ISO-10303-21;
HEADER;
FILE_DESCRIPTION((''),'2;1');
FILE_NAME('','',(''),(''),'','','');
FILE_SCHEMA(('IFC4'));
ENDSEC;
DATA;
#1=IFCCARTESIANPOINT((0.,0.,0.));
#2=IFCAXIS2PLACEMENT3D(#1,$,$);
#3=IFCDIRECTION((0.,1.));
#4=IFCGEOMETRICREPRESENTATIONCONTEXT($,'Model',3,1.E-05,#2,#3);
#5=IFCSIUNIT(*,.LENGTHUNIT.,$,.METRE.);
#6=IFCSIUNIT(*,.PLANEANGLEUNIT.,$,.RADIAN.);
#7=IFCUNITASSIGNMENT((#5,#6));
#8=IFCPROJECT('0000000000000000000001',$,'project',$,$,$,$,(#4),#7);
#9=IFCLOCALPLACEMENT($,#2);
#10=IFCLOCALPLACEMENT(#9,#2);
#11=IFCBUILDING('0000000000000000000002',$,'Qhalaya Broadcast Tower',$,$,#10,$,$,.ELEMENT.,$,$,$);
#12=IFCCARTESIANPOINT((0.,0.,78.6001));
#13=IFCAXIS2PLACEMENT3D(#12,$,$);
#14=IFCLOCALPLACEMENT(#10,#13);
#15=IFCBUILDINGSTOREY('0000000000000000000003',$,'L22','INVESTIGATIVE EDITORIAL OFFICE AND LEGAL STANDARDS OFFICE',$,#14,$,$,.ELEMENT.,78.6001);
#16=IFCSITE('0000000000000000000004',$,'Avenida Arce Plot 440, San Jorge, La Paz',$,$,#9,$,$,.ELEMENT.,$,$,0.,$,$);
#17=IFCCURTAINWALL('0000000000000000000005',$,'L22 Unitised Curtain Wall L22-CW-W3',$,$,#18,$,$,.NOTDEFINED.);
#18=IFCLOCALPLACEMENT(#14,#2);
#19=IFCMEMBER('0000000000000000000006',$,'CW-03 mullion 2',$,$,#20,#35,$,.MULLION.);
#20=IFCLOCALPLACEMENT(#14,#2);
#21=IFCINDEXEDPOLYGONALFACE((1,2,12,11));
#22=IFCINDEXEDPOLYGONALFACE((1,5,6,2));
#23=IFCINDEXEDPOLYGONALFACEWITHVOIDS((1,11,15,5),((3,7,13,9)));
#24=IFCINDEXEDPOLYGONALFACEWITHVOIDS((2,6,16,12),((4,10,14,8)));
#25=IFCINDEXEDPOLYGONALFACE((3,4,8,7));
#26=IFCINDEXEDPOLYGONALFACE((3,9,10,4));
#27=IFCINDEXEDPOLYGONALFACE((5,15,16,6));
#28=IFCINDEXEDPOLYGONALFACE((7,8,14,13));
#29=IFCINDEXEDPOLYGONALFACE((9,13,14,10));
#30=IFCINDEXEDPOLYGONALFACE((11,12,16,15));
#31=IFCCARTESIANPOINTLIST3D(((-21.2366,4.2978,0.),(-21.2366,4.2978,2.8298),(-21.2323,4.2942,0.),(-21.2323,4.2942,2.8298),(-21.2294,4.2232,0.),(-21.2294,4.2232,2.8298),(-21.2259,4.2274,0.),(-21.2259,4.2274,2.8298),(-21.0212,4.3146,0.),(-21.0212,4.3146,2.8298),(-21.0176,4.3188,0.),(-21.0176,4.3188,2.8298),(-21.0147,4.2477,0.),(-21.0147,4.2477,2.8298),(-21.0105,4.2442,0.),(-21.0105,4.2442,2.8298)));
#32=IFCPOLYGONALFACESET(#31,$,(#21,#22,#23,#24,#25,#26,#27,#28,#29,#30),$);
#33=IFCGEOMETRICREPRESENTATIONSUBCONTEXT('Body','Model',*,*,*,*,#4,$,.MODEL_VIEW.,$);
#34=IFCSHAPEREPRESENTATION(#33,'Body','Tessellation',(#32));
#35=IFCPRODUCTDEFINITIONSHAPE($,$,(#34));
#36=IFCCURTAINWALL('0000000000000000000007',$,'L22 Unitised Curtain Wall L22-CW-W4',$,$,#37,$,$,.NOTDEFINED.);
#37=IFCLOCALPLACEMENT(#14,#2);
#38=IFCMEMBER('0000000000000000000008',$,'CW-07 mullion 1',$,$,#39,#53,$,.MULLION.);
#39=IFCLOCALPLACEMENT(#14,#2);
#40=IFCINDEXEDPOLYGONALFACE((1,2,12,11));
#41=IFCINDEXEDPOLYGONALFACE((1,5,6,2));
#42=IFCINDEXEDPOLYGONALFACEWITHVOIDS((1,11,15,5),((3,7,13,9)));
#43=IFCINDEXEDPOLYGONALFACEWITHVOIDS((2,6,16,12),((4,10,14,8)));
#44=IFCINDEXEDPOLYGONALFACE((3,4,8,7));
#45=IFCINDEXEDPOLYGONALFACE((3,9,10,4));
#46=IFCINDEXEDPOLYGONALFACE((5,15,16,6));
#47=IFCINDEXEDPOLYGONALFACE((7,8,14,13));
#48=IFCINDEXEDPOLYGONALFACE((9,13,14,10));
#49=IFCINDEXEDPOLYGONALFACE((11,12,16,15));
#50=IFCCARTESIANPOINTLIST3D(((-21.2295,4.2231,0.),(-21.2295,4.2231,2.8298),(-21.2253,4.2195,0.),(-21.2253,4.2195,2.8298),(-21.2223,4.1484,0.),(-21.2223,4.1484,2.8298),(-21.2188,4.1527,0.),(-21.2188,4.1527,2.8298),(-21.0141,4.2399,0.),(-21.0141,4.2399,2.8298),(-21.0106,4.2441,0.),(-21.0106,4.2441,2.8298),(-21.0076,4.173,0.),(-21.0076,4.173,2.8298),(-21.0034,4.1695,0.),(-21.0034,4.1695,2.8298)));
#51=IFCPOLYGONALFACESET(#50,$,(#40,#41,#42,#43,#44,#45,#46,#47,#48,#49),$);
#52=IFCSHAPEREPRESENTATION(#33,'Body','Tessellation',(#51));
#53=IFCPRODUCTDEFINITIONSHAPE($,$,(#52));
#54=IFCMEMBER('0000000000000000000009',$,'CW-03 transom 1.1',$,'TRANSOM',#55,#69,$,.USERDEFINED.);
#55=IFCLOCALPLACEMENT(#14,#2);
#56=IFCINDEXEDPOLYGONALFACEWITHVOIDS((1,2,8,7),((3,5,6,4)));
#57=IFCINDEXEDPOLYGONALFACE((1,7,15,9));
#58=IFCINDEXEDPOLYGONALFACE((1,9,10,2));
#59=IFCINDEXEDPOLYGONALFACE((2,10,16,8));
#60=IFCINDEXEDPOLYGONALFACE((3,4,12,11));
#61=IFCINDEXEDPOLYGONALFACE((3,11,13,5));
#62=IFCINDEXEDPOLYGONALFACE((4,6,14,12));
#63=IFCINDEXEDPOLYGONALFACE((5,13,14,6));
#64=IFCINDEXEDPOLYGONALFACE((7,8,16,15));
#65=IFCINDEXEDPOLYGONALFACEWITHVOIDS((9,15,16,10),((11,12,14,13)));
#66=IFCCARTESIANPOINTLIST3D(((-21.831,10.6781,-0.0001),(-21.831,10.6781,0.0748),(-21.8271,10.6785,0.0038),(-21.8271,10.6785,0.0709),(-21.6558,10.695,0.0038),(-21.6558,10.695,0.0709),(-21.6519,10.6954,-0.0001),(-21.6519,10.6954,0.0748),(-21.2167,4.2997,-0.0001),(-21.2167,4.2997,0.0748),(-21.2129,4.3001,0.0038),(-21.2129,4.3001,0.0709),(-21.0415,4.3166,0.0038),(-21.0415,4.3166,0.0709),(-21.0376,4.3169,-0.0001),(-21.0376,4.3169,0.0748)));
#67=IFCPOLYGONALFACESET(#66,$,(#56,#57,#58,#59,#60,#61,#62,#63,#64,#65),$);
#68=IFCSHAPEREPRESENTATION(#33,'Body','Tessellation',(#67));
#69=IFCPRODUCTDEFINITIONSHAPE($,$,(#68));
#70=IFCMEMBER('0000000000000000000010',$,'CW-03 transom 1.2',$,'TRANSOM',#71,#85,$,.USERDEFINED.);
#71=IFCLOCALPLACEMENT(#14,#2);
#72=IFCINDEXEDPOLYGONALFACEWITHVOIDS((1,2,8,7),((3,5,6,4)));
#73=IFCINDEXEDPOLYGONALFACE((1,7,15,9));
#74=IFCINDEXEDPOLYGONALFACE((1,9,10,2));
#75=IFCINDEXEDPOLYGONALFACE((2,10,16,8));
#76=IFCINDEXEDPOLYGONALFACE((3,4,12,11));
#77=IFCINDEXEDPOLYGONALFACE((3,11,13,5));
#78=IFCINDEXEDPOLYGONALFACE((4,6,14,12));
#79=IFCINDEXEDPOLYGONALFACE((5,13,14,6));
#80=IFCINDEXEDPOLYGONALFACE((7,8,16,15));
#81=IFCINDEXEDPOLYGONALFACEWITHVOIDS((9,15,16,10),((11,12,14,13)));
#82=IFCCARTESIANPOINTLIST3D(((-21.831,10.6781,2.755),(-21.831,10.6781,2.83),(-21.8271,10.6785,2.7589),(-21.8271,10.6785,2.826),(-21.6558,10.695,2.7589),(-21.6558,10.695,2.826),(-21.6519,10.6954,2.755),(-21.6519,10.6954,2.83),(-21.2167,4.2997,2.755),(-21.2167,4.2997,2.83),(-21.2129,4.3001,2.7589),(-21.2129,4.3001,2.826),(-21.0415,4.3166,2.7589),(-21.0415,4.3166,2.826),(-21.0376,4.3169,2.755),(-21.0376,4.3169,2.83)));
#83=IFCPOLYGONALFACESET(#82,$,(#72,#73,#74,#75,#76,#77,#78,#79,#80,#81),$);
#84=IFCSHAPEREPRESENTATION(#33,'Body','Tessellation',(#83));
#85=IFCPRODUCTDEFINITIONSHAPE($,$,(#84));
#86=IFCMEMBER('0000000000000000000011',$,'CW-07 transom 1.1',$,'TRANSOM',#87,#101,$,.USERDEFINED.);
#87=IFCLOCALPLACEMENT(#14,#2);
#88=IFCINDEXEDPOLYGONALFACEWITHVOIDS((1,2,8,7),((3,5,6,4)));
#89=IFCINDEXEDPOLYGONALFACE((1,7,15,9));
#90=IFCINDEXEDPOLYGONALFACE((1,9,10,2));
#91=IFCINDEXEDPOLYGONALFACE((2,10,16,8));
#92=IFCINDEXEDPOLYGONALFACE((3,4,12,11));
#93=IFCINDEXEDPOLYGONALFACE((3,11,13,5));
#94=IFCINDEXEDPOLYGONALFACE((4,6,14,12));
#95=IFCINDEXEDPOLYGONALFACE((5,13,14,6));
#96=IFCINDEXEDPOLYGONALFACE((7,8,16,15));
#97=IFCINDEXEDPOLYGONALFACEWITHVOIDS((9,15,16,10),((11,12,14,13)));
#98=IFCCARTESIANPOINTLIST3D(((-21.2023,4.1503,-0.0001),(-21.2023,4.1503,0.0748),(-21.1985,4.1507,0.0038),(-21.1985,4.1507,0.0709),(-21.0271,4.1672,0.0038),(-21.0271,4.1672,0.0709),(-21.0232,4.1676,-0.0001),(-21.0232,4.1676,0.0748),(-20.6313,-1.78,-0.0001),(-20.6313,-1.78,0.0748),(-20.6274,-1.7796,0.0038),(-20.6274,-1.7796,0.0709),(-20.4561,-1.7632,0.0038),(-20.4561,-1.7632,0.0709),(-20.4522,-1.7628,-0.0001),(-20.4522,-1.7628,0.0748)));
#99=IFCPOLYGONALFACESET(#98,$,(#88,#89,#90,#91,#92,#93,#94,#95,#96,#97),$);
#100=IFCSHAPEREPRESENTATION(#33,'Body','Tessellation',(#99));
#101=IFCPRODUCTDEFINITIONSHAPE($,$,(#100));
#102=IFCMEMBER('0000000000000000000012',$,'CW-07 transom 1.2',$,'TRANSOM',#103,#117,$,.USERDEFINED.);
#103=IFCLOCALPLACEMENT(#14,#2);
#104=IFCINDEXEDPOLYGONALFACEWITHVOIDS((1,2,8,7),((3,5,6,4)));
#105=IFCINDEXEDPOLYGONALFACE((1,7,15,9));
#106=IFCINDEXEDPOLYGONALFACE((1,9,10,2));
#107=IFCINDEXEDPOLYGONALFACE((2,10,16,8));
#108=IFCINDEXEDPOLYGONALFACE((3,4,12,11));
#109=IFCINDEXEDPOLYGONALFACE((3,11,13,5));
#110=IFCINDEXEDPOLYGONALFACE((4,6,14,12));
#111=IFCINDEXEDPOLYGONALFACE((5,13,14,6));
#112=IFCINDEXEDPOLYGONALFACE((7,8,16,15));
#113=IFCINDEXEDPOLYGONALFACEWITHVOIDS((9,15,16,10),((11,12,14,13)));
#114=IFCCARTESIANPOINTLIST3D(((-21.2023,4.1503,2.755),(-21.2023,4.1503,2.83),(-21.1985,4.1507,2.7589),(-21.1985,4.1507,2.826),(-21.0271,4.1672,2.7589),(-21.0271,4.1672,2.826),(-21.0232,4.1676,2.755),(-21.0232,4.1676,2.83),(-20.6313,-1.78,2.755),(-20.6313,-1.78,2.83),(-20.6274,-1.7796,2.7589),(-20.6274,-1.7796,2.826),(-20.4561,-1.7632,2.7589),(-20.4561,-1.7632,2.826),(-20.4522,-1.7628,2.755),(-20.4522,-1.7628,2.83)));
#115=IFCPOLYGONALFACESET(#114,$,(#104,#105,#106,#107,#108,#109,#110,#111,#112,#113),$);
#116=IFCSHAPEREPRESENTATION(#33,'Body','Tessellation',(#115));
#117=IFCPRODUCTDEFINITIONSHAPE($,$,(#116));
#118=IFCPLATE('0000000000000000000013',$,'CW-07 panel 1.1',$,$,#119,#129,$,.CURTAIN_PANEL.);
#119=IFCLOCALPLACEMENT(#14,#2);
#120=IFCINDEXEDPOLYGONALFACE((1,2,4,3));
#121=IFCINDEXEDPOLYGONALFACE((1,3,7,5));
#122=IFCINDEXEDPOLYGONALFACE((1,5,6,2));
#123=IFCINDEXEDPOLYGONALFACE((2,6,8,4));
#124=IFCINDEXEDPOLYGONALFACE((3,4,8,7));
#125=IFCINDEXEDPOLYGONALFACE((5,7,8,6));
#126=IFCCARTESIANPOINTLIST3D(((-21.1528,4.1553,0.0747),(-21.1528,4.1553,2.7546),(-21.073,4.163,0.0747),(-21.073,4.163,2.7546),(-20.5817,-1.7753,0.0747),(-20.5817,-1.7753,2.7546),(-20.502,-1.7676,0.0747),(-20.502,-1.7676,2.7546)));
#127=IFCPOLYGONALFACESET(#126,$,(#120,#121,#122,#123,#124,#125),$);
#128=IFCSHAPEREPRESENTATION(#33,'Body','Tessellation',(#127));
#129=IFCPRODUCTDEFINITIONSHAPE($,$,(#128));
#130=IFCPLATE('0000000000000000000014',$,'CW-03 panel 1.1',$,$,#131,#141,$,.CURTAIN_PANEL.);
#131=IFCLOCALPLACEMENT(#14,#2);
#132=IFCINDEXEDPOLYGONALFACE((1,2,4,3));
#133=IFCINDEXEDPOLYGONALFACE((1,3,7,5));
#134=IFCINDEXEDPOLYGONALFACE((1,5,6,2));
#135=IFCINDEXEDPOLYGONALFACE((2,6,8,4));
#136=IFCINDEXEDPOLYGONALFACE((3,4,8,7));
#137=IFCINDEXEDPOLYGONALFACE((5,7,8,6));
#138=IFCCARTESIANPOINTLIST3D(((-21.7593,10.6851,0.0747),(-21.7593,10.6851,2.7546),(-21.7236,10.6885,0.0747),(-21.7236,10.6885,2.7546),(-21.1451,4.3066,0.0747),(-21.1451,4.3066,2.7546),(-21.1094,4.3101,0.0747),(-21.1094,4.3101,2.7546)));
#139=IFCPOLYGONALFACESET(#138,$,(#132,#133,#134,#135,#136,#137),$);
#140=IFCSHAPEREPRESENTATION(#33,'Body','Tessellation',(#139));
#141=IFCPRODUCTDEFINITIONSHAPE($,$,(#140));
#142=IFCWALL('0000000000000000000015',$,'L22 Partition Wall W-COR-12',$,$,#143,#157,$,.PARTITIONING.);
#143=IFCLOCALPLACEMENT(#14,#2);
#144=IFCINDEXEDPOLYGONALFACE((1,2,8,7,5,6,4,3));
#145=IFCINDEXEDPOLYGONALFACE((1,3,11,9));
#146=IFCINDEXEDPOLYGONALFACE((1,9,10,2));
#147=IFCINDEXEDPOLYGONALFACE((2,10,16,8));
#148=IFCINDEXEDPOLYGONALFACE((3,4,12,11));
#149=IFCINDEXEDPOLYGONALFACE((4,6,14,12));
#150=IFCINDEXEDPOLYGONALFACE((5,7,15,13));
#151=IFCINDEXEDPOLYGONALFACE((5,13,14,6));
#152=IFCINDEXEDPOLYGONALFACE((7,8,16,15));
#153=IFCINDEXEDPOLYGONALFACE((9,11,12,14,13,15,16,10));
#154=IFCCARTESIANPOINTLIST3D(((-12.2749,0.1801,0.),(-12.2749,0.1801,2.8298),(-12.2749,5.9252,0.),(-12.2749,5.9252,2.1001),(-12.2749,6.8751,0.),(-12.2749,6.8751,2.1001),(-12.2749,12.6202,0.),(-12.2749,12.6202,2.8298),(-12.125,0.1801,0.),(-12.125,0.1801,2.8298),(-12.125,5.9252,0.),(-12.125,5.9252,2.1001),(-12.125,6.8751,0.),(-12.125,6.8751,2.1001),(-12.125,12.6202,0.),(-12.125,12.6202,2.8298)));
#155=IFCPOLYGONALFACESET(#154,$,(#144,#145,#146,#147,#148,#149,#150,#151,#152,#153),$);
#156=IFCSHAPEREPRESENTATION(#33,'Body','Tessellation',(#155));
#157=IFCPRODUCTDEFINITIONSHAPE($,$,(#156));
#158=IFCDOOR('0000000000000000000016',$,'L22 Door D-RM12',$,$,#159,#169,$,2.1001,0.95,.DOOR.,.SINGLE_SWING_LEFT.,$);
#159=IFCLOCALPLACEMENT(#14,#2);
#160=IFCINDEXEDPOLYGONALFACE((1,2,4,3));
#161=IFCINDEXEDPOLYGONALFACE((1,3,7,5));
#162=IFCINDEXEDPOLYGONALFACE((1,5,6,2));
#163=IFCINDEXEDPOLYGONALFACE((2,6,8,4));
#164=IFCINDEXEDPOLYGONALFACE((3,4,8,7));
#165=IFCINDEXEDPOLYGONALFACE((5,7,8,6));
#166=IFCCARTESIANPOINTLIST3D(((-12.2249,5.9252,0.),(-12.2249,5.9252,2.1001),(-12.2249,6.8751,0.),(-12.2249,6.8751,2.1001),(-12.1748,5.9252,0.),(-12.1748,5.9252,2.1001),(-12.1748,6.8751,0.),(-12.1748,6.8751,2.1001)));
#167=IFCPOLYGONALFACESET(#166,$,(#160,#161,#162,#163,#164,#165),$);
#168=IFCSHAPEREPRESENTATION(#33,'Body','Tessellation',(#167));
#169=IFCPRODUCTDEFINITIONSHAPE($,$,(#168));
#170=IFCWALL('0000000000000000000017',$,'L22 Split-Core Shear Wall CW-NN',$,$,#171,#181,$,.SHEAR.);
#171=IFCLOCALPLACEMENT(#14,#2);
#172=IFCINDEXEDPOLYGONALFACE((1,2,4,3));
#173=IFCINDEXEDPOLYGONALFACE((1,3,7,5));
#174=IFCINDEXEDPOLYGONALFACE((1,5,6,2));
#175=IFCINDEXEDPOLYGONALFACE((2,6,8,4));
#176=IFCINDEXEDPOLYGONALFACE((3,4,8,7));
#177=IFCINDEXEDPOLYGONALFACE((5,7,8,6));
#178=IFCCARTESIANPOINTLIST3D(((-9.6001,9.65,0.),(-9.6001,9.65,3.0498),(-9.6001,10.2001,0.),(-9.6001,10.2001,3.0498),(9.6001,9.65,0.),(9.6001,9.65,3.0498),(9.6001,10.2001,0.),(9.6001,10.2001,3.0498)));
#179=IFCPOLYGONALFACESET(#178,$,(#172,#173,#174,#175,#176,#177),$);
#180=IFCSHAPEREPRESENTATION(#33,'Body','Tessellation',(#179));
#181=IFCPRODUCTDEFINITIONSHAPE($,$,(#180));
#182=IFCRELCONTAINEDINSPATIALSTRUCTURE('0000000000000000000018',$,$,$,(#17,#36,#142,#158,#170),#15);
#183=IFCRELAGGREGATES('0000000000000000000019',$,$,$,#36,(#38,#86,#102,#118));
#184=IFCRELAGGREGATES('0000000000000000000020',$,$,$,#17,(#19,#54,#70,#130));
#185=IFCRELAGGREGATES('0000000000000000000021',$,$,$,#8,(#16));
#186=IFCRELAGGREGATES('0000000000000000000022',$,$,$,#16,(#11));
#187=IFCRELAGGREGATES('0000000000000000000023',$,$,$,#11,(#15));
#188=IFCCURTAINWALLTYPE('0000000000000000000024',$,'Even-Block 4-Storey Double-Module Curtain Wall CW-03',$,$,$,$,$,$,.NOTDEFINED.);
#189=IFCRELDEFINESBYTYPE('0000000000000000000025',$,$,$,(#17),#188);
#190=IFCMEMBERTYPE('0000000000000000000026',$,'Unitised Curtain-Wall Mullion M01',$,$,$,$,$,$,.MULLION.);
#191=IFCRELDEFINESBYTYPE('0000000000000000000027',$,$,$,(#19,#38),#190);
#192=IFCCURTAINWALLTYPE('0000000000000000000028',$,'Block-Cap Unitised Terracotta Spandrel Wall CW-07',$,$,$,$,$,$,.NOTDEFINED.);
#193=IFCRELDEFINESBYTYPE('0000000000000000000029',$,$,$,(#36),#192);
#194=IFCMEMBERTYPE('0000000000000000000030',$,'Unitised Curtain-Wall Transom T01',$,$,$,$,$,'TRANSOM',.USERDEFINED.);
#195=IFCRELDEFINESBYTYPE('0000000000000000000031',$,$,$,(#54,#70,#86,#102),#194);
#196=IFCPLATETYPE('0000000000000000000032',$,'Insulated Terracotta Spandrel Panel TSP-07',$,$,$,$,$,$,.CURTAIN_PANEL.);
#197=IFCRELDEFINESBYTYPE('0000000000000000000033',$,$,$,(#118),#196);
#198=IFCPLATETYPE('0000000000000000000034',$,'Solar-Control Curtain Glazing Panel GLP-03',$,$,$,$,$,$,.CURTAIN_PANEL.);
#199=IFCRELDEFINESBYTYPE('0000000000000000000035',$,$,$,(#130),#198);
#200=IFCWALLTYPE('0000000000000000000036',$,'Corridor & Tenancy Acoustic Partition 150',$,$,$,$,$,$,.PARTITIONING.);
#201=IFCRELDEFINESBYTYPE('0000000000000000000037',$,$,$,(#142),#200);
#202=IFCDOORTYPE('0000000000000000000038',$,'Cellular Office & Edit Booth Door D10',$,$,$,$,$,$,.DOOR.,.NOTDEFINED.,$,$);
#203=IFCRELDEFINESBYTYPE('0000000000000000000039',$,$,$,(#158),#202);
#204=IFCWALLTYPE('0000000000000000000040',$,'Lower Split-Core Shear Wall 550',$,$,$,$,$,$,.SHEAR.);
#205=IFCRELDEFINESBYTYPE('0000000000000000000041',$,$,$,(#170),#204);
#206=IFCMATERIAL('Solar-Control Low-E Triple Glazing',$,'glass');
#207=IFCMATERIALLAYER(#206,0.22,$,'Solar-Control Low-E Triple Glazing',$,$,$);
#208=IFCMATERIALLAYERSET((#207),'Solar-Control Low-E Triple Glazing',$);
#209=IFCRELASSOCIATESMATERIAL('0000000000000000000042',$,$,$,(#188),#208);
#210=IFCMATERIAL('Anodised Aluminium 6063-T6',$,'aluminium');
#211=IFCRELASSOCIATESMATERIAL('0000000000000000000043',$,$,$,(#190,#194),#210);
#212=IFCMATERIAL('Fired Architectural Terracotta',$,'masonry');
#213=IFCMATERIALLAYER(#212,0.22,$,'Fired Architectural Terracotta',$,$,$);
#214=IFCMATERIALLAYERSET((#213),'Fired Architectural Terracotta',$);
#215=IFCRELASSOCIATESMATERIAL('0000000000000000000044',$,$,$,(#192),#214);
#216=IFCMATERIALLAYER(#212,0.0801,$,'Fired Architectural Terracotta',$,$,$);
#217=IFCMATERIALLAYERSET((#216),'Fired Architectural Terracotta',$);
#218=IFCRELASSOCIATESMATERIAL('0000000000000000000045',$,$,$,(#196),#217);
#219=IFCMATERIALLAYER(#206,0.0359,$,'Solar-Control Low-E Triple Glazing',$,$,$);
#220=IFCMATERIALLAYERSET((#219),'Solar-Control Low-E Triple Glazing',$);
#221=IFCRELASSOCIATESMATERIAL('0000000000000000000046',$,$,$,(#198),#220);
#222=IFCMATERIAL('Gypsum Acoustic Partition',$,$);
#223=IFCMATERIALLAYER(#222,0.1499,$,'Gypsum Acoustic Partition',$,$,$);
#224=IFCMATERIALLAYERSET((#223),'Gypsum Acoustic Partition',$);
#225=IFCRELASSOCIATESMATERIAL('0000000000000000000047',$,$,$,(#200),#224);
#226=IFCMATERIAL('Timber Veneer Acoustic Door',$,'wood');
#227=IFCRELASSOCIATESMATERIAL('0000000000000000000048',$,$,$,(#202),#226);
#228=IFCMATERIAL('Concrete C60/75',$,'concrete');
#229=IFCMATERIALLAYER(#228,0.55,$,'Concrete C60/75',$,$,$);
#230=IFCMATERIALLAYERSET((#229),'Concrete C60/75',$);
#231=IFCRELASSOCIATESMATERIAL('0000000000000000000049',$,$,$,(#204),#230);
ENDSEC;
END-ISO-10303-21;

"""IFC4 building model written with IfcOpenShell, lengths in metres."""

from ifc_helpers import new_model, si_unit, direction, frame, frame_2d, origin, origin_2d, place, context, subcontext, project, spatial, rectangle, hollow_rectangle, extrude, material, layer, layer_set, material_profile, profile_set, type_object, element, fill, aggregate, save


model = new_model("IFC4")

# Units and contexts
model_context = context("Model", 3, precision=1e-05, world=origin(), true_north=direction((0.0, 1.0)))
body_context = subcontext(model_context, "Body", "Model", "MODEL_VIEW")
ifc_project = project(units=[si_unit("LENGTHUNIT", "METRE"), si_unit("PLANEANGLEUNIT", "RADIAN")], contexts=[model_context])

# Site, building, storey
site_placement = place(None, origin())
site = spatial("IfcSite", under=ifc_project, at=site_placement, Name="Avenida Arce Plot 440, San Jorge, La Paz", CompositionType="ELEMENT", RefElevation=0.0)
building_placement = place(site_placement, origin())
building = spatial("IfcBuilding", under=site, at=building_placement, Name="Qhalaya Broadcast Tower", CompositionType="ELEMENT")
storey_placement = place(building_placement, frame((0.0, 0.0, 78.6001)))
storey = spatial("IfcBuildingStorey", under=building, at=storey_placement, Name="L22", Description="INVESTIGATIVE EDITORIAL OFFICE AND LEGAL STANDARDS OFFICE", CompositionType="ELEMENT", Elevation=78.6001)

# Curtain wall, member
ifc_material_1 = material(Name="Solar-Control Low-E Triple Glazing", Category="glass")
ifc_layer_1 = layer(ifc_material_1, 0.22, Name="Solar-Control Low-E Triple Glazing")
ifc_layer_set_1 = layer_set([ifc_layer_1], Name="Solar-Control Low-E Triple Glazing")
curtain_wall_type_1 = type_object("IfcCurtainWallType", Name="Even-Block 4-Storey Double-Module Curtain Wall CW-03", PredefinedType="NOTDEFINED", material=ifc_layer_set_1)
curtain_wall_1_placement = place(storey_placement, origin())
curtain_wall_1 = element("IfcCurtainWall", 1, at=curtain_wall_1_placement, inside=storey, type_object=curtain_wall_type_1, Name="L22 Unitised Curtain Wall L22-CW-W3", PredefinedType="NOTDEFINED")
ifc_material_2 = material(Name="Anodised Aluminium 6063-T6", Category="aluminium")
ifc_material_profile_1 = material_profile(ifc_material_2, hollow_rectangle(XDim=0.075, YDim=0.22, WallThickness=0.0039, at=origin_2d()), Name="ALU-MUL 75x220x4")
ifc_profile_set_1 = profile_set([ifc_material_profile_1], Name="Anodised Aluminium 6063-T6")
member_type_1 = type_object("IfcMemberType", Name="Unitised Curtain-Wall Mullion M01", PredefinedType="MULLION", material=ifc_profile_set_1)
member_1_placement = place(storey_placement, frame((-21.1235, 4.271, 0.0), z_axis=(0.0, 0.0, 1.0), x_axis=(0.095852, -0.995396, 0.0)))
member_1 = element("IfcMember", 2, at=member_1_placement, type_object=member_type_1, Name="CW-03 mullion 2", PredefinedType="MULLION", context=body_context, shape_type="SweptSolid", body=[
    extrude(hollow_rectangle(XDim=0.075, YDim=0.22, WallThickness=0.0039, at=origin_2d()), origin(), (0.0, 0.0, 1.0), 2.8298),
])

# Curtain wall, member
ifc_material_3 = material(Name="Fired Architectural Terracotta", Category="masonry")
ifc_layer_2 = layer(ifc_material_3, 0.22, Name="Fired Architectural Terracotta")
ifc_layer_set_2 = layer_set([ifc_layer_2], Name="Fired Architectural Terracotta")
curtain_wall_type_2 = type_object("IfcCurtainWallType", Name="Block-Cap Unitised Terracotta Spandrel Wall CW-07", PredefinedType="NOTDEFINED", material=ifc_layer_set_2)
curtain_wall_2_placement = place(storey_placement, origin())
curtain_wall_2 = element("IfcCurtainWall", 3, at=curtain_wall_2_placement, inside=storey, type_object=curtain_wall_type_2, Name="L22 Unitised Curtain Wall L22-CW-W4", PredefinedType="NOTDEFINED")
member_2_placement = place(storey_placement, frame((-21.1165, 4.1963, 0.0), z_axis=(0.0, 0.0, 1.0), x_axis=(0.095841, -0.995397, 0.0)))
member_2 = element("IfcMember", 4, at=member_2_placement, type_object=member_type_1, Name="CW-07 mullion 1", PredefinedType="MULLION", context=body_context, shape_type="SweptSolid", body=[
    extrude(hollow_rectangle(XDim=0.075, YDim=0.22, WallThickness=0.0039, at=origin_2d()), origin(), (0.0, 0.0, 1.0), 2.8298),
])

# Members
ifc_material_profile_2 = material_profile(ifc_material_2, hollow_rectangle(XDim=0.075, YDim=0.1799, WallThickness=0.0039, at=origin_2d()), Name="ALU-TRN 75x180x4")
ifc_profile_set_2 = profile_set([ifc_material_profile_2], Name="Anodised Aluminium 6063-T6")
member_type_2 = type_object("IfcMemberType", Name="Unitised Curtain-Wall Transom T01", ElementType="TRANSOM", PredefinedType="USERDEFINED", material=ifc_profile_set_2)
member_3_placement = place(storey_placement, frame((-21.7415, 10.6868, 0.0374), z_axis=(0.095859, -0.995395, 0.0), x_axis=(0.0, 0.0, 1.0)))
member_3 = element("IfcMember", 5, at=member_3_placement, type_object=member_type_2, Name="CW-03 transom 1.1", ObjectType="TRANSOM", PredefinedType="USERDEFINED", context=body_context, shape_type="SweptSolid", body=[
    extrude(hollow_rectangle(XDim=0.075, YDim=0.1799, WallThickness=0.0039, at=origin_2d()), origin(), (0.0, 0.0, 1.0), 6.408),
])
member_4_placement = place(storey_placement, frame((-21.7415, 10.6868, 2.7925), z_axis=(0.095859, -0.995395, 0.0), x_axis=(0.0, 0.0, 1.0)))
member_4 = element("IfcMember", 6, at=member_4_placement, type_object=member_type_2, Name="CW-03 transom 1.2", ObjectType="TRANSOM", PredefinedType="USERDEFINED", context=body_context, shape_type="SweptSolid", body=[
    extrude(hollow_rectangle(XDim=0.075, YDim=0.1799, WallThickness=0.0039, at=origin_2d()), origin(), (0.0, 0.0, 1.0), 6.408),
])
member_5_placement = place(storey_placement, frame((-21.1128, 4.1589, 0.0374), z_axis=(0.095847, -0.995396, 0.0), x_axis=(0.0, 0.0, 1.0)))
member_5 = element("IfcMember", 7, at=member_5_placement, type_object=member_type_2, Name="CW-07 transom 1.1", ObjectType="TRANSOM", PredefinedType="USERDEFINED", context=body_context, shape_type="SweptSolid", body=[
    extrude(hollow_rectangle(XDim=0.075, YDim=0.1799, WallThickness=0.0039, at=origin_2d()), origin(), (0.0, 0.0, 1.0), 5.9578),
])
member_6_placement = place(storey_placement, frame((-21.1128, 4.1589, 2.7925), z_axis=(0.095847, -0.995396, 0.0), x_axis=(0.0, 0.0, 1.0)))
member_6 = element("IfcMember", 8, at=member_6_placement, type_object=member_type_2, Name="CW-07 transom 1.2", ObjectType="TRANSOM", PredefinedType="USERDEFINED", context=body_context, shape_type="SweptSolid", body=[
    extrude(hollow_rectangle(XDim=0.075, YDim=0.1799, WallThickness=0.0039, at=origin_2d()), origin(), (0.0, 0.0, 1.0), 5.9578),
])

# Plates
ifc_layer_3 = layer(ifc_material_3, 0.0801, Name="Fired Architectural Terracotta")
ifc_layer_set_3 = layer_set([ifc_layer_3], Name="Fired Architectural Terracotta")
plate_type_1 = type_object("IfcPlateType", Name="Insulated Terracotta Spandrel Panel TSP-07", PredefinedType="CURTAIN_PANEL", material=ifc_layer_set_3)
plate_1_placement = place(storey_placement, frame((-20.8274, 1.1938, 0.0747), z_axis=(0.0, 0.0, 1.0), x_axis=(0.095841, -0.995397, 0.0)))
plate_1 = element("IfcPlate", 9, at=plate_1_placement, type_object=plate_type_1, Name="CW-07 panel 1.1", PredefinedType="CURTAIN_PANEL", context=body_context, shape_type="SweptSolid", body=[
    extrude(rectangle(XDim=5.958, YDim=0.0801, at=origin_2d()), origin(), (0.0, 0.0, 1.0), 2.6799),
])
aggregate(curtain_wall_2, [member_2, member_5, member_6, plate_1])
ifc_layer_4 = layer(ifc_material_1, 0.0359, Name="Solar-Control Low-E Triple Glazing")
ifc_layer_set_4 = layer_set([ifc_layer_4], Name="Solar-Control Low-E Triple Glazing")
plate_type_2 = type_object("IfcPlateType", Name="Solar-Control Curtain Glazing Panel GLP-03", PredefinedType="CURTAIN_PANEL", material=ifc_layer_set_4)
plate_2_placement = place(storey_placement, frame((-21.4343, 7.4976, 0.0747), z_axis=(0.0, 0.0, 1.0), x_axis=(0.095852, -0.995396, 0.0)))
plate_2 = element("IfcPlate", 10, at=plate_2_placement, type_object=plate_type_2, Name="CW-03 panel 1.1", PredefinedType="CURTAIN_PANEL", context=body_context, shape_type="SweptSolid", body=[
    extrude(rectangle(XDim=6.408, YDim=0.0359, at=origin_2d()), origin(), (0.0, 0.0, 1.0), 2.6799),
])
aggregate(curtain_wall_1, [member_1, member_3, member_4, plate_2])

# Wall, opening, door
ifc_material_4 = material(Name="Gypsum Acoustic Partition")
ifc_layer_5 = layer(ifc_material_4, 0.1499, Name="Gypsum Acoustic Partition")
ifc_layer_set_5 = layer_set([ifc_layer_5], Name="Gypsum Acoustic Partition")
wall_type_1 = type_object("IfcWallType", Name="Corridor & Tenancy Acoustic Partition 150", PredefinedType="PARTITIONING", material=ifc_layer_set_5)
wall_1_placement = place(storey_placement, frame((-12.2, 0.1799, 0.0), z_axis=(0.0, 0.0, 1.0), x_axis=(0.0, 1.0, 0.0)))
wall_1 = element("IfcWall", 11, at=wall_1_placement, inside=storey, type_object=wall_type_1, Name="L22 Partition Wall W-COR-12", PredefinedType="PARTITIONING", context=body_context, shape_type="SweptSolid", body=[
    extrude(rectangle(XDim=12.4402, YDim=0.1499, at=frame_2d((6.2202, 0.0))), origin(), (0.0, 0.0, 1.0), 2.8298),
])
opening_1_placement = place(wall_1_placement, frame((5.7451, 0.0, 0.0)))
opening_1 = element("IfcOpeningElement", 12, at=opening_1_placement, cuts=wall_1, PredefinedType="OPENING", context=body_context, shape_type="SweptSolid", body=[
    extrude(rectangle(XDim=0.95, YDim=2.1001, at=frame_2d((0.4751, 1.05))), frame((0.0, 0.0869, 0.0), z_axis=(0.0, -1.0, 0.0), x_axis=(1.0, 0.0, 0.0)), (0.0, 0.0, 1.0), 0.1738),
])
ifc_material_5 = material(Name="Timber Veneer Acoustic Door", Category="wood")
door_type_1 = type_object("IfcDoorType", Name="Cellular Office & Edit Booth Door D10", OperationType="NOTDEFINED", PredefinedType="DOOR", material=ifc_material_5)
door_1_placement = place(opening_1_placement, origin())
door_1 = element("IfcDoor", 13, at=door_1_placement, inside=storey, type_object=door_type_1, Name="L22 Door D-RM12", OperationType="SINGLE_SWING_LEFT", OverallHeight=2.1001, OverallWidth=0.95, PredefinedType="DOOR", context=body_context, shape_type="SweptSolid", body=[
    extrude(rectangle(XDim=0.95, YDim=2.1001, at=frame_2d((0.4751, 1.05))), frame((0.0, 0.0249, 0.0), z_axis=(0.0, -1.0, 0.0), x_axis=(1.0, 0.0, 0.0)), (0.0, 0.0, 1.0), 0.05),
])
fill(opening_1, door_1)

# Wall
ifc_material_6 = material(Name="Concrete C60/75", Category="concrete")
ifc_layer_6 = layer(ifc_material_6, 0.55, Name="Concrete C60/75")
ifc_layer_set_6 = layer_set([ifc_layer_6], Name="Concrete C60/75")
wall_type_2 = type_object("IfcWallType", Name="Lower Split-Core Shear Wall 550", PredefinedType="SHEAR", material=ifc_layer_set_6)
wall_2_placement = place(storey_placement, frame((-9.6001, 9.925, 0.0), z_axis=(0.0, 0.0, 1.0), x_axis=(1.0, 0.0, 0.0)))
element("IfcWall", 14, at=wall_2_placement, inside=storey, type_object=wall_type_2, Name="L22 Split-Core Shear Wall CW-NN", PredefinedType="SHEAR", context=body_context, shape_type="SweptSolid", body=[
    extrude(rectangle(XDim=19.2002, YDim=0.55, at=frame_2d((9.6001, 0.0))), origin(), (0.0, 0.0, 1.0), 3.0498),
])

save(model, "model.ifc")
